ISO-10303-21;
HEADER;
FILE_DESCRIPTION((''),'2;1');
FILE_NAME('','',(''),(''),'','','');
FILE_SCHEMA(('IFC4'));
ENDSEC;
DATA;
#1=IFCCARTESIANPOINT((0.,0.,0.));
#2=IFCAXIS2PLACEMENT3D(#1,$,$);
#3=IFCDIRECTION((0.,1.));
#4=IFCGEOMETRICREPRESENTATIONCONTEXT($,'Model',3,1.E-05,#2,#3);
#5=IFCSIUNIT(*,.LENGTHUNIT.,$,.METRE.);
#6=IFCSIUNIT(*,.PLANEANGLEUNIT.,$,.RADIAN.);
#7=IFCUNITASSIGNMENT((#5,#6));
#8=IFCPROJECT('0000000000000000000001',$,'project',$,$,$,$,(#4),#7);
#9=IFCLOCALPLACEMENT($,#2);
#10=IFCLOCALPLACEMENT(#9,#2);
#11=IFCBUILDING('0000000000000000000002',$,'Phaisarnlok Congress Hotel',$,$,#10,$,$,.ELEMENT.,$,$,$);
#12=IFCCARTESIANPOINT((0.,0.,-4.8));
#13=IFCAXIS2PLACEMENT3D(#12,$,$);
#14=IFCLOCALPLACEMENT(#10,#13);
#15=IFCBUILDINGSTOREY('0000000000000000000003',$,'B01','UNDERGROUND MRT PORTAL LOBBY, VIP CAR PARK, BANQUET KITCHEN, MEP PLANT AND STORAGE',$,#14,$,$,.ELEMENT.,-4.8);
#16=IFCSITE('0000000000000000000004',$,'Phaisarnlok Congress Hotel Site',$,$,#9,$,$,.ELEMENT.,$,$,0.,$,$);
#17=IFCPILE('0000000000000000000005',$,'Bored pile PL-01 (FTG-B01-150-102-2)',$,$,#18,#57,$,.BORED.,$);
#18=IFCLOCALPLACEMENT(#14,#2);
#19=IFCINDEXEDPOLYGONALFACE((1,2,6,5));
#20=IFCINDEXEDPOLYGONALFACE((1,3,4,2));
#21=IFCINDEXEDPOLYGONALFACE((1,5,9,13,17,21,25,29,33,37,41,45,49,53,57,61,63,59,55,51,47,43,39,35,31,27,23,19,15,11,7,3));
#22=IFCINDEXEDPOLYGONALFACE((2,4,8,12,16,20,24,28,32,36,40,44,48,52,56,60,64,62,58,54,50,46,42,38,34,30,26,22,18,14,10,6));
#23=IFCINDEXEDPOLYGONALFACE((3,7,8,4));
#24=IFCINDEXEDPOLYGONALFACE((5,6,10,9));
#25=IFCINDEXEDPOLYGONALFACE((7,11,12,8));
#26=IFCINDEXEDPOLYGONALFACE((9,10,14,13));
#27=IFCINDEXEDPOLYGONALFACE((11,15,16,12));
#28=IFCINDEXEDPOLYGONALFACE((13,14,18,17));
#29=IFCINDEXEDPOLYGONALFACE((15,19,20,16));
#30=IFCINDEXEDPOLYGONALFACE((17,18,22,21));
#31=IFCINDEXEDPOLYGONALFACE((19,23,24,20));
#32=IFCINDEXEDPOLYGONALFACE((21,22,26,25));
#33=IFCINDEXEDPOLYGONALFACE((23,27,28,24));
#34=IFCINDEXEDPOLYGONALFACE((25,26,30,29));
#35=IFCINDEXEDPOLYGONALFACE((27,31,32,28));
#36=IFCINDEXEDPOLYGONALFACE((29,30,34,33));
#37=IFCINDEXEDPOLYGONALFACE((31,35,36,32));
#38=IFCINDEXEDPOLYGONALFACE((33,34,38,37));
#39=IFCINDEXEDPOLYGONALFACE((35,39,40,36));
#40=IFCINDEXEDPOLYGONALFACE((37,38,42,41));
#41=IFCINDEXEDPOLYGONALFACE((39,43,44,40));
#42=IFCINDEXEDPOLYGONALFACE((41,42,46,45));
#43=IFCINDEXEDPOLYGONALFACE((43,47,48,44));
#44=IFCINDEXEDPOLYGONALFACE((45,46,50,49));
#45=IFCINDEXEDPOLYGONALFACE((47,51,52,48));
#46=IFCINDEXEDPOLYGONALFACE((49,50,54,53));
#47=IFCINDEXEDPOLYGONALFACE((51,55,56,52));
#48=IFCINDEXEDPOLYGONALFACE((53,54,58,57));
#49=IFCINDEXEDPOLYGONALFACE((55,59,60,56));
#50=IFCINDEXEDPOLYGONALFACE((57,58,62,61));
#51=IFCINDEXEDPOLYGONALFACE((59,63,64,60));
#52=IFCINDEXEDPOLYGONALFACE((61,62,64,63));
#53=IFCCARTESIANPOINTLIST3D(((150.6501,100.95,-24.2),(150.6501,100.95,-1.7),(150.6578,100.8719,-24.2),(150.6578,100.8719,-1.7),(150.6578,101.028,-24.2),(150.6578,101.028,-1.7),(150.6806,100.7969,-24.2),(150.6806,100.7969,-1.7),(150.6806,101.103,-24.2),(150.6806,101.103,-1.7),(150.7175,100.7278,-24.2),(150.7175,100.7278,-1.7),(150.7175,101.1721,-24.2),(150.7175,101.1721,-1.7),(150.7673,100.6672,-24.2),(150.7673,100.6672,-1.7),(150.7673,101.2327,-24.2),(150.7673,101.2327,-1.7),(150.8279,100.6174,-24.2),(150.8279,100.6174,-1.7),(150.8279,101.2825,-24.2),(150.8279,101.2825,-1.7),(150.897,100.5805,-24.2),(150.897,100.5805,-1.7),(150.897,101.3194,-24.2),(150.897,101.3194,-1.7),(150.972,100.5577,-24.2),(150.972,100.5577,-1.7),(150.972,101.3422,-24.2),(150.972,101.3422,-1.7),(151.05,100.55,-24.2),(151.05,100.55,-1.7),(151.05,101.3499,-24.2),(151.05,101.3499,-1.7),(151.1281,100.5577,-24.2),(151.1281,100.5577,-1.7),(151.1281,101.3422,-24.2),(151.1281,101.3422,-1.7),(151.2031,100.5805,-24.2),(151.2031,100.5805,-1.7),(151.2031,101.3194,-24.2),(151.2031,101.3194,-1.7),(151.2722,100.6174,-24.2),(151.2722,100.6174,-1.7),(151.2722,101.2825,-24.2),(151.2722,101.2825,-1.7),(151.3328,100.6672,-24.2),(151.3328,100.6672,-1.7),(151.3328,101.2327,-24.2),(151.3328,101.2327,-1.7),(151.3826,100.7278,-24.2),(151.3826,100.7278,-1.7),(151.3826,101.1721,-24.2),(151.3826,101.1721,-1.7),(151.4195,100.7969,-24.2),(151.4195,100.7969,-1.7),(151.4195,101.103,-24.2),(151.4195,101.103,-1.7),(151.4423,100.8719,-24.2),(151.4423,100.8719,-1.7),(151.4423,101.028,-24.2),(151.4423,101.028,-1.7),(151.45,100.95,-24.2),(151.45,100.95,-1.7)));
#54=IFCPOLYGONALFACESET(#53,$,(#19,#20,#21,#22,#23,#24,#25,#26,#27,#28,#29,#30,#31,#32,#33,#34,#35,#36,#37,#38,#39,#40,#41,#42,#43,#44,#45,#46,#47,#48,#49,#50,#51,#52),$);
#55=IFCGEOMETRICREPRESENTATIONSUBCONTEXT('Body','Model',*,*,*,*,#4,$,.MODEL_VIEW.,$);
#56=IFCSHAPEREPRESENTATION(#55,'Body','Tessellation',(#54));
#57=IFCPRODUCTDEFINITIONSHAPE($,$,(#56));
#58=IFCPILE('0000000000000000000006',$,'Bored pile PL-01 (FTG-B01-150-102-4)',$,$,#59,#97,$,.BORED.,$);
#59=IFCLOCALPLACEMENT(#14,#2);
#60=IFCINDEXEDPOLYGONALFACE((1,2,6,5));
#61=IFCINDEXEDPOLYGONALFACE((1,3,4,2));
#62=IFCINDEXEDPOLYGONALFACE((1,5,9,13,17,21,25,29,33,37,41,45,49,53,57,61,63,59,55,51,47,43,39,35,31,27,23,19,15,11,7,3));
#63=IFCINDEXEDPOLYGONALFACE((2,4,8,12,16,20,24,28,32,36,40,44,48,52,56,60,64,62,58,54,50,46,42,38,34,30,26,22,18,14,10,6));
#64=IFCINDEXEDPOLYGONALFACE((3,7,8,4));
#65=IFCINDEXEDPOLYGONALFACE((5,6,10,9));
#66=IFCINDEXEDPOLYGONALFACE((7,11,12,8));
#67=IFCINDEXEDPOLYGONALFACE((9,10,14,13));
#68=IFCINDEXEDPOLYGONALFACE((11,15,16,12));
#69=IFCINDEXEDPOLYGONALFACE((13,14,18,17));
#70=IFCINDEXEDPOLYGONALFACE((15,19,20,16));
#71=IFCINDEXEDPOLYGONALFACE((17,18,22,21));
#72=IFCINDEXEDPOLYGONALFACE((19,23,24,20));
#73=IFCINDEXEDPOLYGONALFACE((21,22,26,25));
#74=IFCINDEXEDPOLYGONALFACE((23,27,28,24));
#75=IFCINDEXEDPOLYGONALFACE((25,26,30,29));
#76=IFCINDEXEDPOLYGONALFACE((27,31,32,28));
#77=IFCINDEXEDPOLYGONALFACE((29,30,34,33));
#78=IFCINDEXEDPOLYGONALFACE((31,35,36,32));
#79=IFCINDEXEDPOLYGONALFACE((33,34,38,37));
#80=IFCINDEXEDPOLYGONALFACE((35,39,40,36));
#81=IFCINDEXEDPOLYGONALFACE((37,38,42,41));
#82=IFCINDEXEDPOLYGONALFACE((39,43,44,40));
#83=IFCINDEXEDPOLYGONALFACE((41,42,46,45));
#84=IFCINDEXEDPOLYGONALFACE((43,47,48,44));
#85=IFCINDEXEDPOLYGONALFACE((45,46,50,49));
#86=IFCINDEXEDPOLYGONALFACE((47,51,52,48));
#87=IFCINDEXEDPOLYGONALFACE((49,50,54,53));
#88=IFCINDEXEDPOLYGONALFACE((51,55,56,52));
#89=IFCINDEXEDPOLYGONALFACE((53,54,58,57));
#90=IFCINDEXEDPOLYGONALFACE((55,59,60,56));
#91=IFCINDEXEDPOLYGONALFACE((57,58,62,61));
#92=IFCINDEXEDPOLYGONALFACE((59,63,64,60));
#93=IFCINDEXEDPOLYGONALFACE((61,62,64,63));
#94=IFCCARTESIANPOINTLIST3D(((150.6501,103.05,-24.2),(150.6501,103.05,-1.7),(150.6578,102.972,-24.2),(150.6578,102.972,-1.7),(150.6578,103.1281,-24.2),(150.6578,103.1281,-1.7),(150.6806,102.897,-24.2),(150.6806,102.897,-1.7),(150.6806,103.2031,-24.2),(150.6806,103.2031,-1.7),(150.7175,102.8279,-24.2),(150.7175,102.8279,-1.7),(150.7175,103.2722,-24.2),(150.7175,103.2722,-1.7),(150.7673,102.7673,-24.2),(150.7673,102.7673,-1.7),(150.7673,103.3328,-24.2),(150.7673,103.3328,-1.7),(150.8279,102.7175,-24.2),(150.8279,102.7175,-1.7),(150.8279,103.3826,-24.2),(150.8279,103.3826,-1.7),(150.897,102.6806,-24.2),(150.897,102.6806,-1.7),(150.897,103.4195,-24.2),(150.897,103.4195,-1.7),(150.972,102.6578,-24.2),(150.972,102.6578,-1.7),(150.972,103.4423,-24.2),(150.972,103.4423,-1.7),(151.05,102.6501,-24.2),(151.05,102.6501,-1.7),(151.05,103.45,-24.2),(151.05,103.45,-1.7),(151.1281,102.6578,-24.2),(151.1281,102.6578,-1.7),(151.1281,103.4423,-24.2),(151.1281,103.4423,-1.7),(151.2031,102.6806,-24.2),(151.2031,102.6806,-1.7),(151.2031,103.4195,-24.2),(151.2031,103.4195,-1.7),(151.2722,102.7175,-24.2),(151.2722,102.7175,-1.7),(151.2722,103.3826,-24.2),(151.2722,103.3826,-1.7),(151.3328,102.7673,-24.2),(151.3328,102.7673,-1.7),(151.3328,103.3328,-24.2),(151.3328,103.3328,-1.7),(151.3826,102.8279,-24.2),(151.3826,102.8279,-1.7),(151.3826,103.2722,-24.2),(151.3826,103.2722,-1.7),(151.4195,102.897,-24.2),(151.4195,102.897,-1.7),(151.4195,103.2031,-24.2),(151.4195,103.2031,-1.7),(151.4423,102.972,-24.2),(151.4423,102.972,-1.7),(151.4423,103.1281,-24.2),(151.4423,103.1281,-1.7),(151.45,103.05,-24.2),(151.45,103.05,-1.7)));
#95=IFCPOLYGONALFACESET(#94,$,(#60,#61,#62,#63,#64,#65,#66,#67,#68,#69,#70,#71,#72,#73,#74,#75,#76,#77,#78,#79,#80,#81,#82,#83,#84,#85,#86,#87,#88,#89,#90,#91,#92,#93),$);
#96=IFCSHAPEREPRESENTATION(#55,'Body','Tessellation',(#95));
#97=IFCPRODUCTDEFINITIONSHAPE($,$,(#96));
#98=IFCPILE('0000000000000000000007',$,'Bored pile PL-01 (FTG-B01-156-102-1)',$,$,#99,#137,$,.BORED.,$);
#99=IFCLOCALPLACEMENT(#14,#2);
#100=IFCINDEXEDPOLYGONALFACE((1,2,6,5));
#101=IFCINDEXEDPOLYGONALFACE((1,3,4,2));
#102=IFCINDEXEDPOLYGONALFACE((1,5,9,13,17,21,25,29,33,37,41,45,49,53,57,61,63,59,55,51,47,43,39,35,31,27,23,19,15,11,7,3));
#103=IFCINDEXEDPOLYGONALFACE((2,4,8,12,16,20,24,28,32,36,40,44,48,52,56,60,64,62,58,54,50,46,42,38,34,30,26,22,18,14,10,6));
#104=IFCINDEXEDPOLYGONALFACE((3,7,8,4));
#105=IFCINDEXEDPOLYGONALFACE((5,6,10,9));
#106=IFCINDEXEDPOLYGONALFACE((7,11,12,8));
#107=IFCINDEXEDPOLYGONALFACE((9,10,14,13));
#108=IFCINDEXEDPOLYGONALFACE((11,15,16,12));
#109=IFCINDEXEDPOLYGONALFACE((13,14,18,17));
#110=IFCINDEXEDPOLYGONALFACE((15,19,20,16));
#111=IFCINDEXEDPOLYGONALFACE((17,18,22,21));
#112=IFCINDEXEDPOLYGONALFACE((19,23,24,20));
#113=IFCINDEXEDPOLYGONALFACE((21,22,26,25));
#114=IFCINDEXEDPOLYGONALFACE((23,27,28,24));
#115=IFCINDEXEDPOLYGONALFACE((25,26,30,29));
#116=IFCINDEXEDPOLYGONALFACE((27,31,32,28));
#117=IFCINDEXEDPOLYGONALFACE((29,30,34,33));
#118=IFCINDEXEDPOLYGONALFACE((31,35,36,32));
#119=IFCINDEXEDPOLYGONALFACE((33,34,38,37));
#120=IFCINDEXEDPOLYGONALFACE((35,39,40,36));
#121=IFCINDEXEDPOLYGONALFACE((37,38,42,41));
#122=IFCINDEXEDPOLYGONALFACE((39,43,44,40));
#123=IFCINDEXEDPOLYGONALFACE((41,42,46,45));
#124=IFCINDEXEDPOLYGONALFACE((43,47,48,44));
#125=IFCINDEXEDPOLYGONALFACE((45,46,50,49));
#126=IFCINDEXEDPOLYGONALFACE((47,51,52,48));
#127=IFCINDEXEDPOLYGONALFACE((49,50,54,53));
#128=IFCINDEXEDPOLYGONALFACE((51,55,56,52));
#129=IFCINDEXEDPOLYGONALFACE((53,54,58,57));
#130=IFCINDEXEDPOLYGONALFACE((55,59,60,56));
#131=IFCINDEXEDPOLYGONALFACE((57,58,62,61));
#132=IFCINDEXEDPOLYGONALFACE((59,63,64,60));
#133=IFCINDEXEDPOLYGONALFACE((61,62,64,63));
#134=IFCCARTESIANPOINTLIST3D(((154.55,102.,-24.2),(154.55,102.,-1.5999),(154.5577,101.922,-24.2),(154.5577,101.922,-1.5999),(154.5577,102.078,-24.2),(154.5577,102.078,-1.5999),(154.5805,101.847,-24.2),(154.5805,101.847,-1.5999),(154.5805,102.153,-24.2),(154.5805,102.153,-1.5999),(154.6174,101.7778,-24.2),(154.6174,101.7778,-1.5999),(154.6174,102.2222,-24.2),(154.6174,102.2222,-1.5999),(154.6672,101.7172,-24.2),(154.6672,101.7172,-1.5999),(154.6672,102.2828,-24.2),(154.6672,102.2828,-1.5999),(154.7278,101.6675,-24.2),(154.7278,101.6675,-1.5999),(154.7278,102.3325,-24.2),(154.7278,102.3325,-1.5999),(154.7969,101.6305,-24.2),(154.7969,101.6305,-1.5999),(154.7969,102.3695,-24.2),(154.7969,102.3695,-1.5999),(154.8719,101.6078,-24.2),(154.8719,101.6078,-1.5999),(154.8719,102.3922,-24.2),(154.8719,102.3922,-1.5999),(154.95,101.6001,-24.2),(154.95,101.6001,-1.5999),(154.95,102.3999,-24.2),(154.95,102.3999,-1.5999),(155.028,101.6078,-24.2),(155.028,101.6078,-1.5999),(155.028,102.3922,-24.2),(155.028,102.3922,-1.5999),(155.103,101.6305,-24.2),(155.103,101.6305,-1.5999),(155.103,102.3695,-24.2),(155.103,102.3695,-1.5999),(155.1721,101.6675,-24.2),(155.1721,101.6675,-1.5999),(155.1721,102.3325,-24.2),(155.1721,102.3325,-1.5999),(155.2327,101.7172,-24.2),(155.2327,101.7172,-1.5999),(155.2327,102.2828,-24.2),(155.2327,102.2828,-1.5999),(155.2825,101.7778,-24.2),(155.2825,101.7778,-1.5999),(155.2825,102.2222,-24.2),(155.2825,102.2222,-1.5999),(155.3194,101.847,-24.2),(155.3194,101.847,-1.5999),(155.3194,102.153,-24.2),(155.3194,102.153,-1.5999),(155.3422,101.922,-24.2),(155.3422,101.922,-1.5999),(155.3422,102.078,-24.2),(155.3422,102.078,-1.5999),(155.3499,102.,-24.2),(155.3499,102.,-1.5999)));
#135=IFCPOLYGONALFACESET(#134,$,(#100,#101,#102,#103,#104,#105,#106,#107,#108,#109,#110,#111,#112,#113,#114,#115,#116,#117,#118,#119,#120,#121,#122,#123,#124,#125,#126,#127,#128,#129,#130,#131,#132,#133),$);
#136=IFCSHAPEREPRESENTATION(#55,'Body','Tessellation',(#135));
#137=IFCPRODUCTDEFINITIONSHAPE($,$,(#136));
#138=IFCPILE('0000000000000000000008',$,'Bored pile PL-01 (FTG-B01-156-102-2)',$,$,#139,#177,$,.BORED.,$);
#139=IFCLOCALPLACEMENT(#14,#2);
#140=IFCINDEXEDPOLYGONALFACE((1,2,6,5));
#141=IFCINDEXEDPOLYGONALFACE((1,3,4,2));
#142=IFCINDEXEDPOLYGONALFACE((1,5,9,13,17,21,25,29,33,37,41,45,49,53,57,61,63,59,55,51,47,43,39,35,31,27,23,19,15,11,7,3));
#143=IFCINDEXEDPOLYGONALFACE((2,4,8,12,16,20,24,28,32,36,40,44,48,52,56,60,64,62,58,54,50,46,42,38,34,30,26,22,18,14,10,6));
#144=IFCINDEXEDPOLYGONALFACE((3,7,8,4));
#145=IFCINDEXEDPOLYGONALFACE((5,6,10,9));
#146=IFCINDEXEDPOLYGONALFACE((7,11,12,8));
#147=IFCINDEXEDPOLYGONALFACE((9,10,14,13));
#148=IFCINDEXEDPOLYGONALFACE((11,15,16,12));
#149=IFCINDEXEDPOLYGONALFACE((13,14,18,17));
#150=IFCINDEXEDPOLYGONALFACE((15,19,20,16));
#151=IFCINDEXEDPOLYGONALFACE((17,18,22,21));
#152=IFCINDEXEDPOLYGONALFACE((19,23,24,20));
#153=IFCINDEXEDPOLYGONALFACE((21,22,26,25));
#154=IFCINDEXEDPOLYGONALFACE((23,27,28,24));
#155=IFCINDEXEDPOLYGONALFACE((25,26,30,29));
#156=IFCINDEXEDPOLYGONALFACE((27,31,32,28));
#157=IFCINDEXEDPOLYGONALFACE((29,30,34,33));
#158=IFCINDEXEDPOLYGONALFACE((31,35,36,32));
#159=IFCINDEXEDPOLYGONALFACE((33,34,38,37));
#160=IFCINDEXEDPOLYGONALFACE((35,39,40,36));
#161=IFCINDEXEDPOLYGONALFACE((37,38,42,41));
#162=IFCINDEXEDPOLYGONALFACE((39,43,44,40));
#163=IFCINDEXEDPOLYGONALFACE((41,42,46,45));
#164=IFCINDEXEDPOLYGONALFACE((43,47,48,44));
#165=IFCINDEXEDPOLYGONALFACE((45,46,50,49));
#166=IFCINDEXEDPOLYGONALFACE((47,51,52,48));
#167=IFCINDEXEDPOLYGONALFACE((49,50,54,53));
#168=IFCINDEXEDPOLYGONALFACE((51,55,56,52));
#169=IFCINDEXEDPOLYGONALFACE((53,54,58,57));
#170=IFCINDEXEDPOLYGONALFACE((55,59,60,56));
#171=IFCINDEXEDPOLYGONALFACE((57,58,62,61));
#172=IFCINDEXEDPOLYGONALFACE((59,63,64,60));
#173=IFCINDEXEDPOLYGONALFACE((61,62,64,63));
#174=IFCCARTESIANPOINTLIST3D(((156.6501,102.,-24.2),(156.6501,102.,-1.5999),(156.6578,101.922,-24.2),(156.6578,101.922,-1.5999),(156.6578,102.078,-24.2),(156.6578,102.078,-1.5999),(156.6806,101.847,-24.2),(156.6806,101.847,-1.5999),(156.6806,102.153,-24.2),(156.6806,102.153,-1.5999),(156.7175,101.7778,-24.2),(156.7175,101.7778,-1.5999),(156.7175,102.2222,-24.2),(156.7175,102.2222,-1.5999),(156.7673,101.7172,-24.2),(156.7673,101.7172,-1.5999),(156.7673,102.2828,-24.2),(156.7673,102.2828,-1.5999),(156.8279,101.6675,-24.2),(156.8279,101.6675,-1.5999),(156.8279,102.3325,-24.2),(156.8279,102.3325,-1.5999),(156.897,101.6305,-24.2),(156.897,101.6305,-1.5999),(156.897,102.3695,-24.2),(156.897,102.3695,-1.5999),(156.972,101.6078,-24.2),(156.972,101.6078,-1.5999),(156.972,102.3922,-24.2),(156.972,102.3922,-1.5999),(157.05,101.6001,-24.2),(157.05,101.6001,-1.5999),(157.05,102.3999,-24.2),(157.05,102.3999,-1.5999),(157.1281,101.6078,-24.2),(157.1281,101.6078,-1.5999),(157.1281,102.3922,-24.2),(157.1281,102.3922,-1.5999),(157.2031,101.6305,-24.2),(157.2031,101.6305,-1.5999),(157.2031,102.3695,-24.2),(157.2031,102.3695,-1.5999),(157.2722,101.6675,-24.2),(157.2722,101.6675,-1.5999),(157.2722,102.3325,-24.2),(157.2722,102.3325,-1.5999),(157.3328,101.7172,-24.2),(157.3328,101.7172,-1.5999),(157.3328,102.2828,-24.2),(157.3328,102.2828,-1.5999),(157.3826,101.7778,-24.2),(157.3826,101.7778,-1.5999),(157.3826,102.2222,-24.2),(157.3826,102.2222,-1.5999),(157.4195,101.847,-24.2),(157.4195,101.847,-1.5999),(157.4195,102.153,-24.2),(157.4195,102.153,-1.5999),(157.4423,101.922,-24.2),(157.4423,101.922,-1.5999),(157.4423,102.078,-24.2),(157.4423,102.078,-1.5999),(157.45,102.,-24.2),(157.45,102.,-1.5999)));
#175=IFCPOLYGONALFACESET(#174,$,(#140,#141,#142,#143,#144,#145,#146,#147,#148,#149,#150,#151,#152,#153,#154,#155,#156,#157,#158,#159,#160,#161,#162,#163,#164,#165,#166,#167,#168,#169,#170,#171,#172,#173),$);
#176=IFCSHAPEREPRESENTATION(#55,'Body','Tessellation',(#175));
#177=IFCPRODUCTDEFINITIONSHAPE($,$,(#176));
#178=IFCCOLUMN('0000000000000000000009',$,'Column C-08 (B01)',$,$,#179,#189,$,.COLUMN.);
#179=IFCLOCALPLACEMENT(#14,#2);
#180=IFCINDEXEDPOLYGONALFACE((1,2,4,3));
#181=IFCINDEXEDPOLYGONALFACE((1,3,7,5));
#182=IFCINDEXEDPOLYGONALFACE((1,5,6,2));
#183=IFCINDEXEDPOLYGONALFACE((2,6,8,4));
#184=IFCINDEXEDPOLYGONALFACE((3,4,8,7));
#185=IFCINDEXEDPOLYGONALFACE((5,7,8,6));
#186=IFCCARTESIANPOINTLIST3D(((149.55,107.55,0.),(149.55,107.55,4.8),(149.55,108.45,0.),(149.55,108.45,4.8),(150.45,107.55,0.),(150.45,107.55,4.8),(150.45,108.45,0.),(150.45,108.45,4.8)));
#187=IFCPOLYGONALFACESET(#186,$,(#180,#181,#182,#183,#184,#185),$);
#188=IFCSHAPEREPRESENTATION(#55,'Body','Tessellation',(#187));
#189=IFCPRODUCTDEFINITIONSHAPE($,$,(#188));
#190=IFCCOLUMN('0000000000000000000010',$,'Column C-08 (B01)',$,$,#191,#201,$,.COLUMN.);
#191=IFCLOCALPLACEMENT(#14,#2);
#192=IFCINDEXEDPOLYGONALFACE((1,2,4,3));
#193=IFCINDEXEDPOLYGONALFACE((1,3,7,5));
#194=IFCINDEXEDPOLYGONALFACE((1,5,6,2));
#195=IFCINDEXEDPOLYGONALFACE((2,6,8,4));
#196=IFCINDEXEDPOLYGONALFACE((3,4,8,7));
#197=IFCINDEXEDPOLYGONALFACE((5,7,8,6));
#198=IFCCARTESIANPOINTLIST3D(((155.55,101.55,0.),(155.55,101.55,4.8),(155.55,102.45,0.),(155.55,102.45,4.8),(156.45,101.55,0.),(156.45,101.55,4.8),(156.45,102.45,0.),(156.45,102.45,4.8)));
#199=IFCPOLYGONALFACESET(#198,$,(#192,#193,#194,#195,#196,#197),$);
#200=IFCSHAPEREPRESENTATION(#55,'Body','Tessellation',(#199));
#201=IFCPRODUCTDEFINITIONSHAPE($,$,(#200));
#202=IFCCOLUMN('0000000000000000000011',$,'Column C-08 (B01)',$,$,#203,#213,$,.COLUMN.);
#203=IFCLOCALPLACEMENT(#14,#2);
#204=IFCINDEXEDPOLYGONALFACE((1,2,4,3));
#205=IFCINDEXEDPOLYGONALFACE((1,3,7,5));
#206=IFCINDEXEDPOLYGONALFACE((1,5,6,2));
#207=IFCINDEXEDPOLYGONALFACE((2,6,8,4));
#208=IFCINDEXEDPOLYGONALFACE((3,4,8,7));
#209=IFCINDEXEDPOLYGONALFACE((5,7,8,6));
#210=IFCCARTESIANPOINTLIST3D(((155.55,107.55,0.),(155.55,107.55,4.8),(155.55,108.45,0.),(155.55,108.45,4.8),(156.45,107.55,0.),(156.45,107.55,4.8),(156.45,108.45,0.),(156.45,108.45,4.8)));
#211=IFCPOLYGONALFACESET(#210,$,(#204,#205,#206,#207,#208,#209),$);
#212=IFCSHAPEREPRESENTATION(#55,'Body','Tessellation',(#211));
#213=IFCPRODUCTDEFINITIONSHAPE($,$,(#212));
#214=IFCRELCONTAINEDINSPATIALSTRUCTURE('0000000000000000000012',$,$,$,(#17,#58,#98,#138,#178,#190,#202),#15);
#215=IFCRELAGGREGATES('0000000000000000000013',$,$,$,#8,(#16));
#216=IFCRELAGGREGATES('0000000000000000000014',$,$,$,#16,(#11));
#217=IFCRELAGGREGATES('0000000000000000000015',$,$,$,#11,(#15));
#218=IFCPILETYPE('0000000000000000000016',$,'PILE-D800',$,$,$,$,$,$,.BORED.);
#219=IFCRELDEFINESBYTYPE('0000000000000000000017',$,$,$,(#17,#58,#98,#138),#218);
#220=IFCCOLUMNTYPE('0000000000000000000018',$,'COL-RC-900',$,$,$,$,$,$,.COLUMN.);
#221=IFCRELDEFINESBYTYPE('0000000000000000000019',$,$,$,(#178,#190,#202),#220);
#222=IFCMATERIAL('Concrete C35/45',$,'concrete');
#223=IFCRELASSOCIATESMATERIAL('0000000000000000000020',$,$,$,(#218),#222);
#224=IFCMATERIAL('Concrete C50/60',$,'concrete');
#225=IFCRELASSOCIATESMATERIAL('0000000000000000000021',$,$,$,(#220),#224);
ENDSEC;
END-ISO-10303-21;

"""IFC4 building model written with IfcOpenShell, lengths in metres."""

from ifc_helpers import new_model, si_unit, direction, frame, origin, origin_2d, place, context, subcontext, project, spatial, rectangle, circle, extrude, material, material_profile, profile_set, type_object, element, save


model = new_model("IFC4")

# Units and contexts
model_context = context("Model", 3, precision=1e-05, world=origin(), true_north=direction((0.0, 1.0)))
body_context = subcontext(model_context, "Body", "Model", "MODEL_VIEW")
ifc_project = project(units=[si_unit("LENGTHUNIT", "METRE"), si_unit("PLANEANGLEUNIT", "RADIAN")], contexts=[model_context])

# Site, building, storey
site_placement = place(None, origin())
site = spatial("IfcSite", under=ifc_project, at=site_placement, Name="Phaisarnlok Congress Hotel Site", CompositionType="ELEMENT", RefElevation=0.0)
building_placement = place(site_placement, origin())
building = spatial("IfcBuilding", under=site, at=building_placement, Name="Phaisarnlok Congress Hotel", CompositionType="ELEMENT")
storey_placement = place(building_placement, frame((0.0, 0.0, -4.8)))
storey = spatial("IfcBuildingStorey", under=building, at=storey_placement, Name="B01", Description="UNDERGROUND MRT PORTAL LOBBY, VIP CAR PARK, BANQUET KITCHEN, MEP PLANT AND STORAGE", CompositionType="ELEMENT", Elevation=-4.8)

# Piles
ifc_material_1 = material(Name="Concrete C35/45", Category="concrete")
ifc_material_profile_1 = material_profile(ifc_material_1, circle(Radius=0.3999, at=origin_2d()), Name="BORED PILE D800")
ifc_profile_set_1 = profile_set([ifc_material_profile_1], Name="Concrete C35/45")
pile_type_1 = type_object("IfcPileType", Name="PILE-D800", PredefinedType="BORED", material=ifc_profile_set_1)
for number, where, z_axis, x_axis, name in (
    (1, (151.05, 100.95, -1.7), (0.0, 0.0, -1.0), (1.0, 0.0, 0.0), "Bored pile PL-01 (FTG-B01-150-102-2)"),
    (2, (151.05, 103.05, -1.7), (0.0, 0.0, -1.0), (1.0, 0.0, 0.0), "Bored pile PL-01 (FTG-B01-150-102-4)"),
):
    element("IfcPile", number, at=place(storey_placement, frame(where, z_axis=z_axis, x_axis=x_axis)), inside=storey, type_object=pile_type_1, Name=name, PredefinedType="BORED", context=body_context, shape_type="SweptSolid", body=[
        extrude(circle(Radius=0.3999, at=origin_2d()), origin(), (0.0, 0.0, 1.0), 22.5),
    ])
for number, where, z_axis, x_axis, name in (
    (3, (154.95, 102.0, -1.5999), (0.0, 0.0, -1.0), (1.0, 0.0, 0.0), "Bored pile PL-01 (FTG-B01-156-102-1)"),
    (4, (157.05, 102.0, -1.5999), (0.0, 0.0, -1.0), (1.0, 0.0, 0.0), "Bored pile PL-01 (FTG-B01-156-102-2)"),
):
    element("IfcPile", number, at=place(storey_placement, frame(where, z_axis=z_axis, x_axis=x_axis)), inside=storey, type_object=pile_type_1, Name=name, PredefinedType="BORED", context=body_context, shape_type="SweptSolid", body=[
        extrude(circle(Radius=0.3999, at=origin_2d()), origin(), (0.0, 0.0, 1.0), 22.6001),
    ])

# Columns
ifc_material_2 = material(Name="Concrete C50/60", Category="concrete")
ifc_material_profile_2 = material_profile(ifc_material_2, rectangle(XDim=0.8999, YDim=0.8999, at=origin_2d()), Name="RC 900x900")
ifc_profile_set_2 = profile_set([ifc_material_profile_2], Name="Concrete C50/60")
column_type = type_object("IfcColumnType", Name="COL-RC-900", PredefinedType="COLUMN", material=ifc_profile_set_2)
for number, where, z_axis, x_axis, name in (
    (5, (150.0, 108.0, 0.0), (0.0, 0.0, 1.0), (1.0, 0.0, 0.0), "Column C-08 (B01)"),
    (6, (156.0, 102.0, 0.0), (0.0, 0.0, 1.0), (1.0, 0.0, 0.0), "Column C-08 (B01)"),
    (7, (156.0, 108.0, 0.0), (0.0, 0.0, 1.0), (1.0, 0.0, 0.0), "Column C-08 (B01)"),
):
    element("IfcColumn", number, at=place(storey_placement, frame(where, z_axis=z_axis, x_axis=x_axis)), inside=storey, type_object=column_type, Name=name, PredefinedType="COLUMN", context=body_context, shape_type="SweptSolid", body=[
        extrude(rectangle(XDim=0.8999, YDim=0.8999, at=origin_2d()), origin(), (0.0, 0.0, 1.0), 4.8),
    ])

save(model, "model.ifc")
